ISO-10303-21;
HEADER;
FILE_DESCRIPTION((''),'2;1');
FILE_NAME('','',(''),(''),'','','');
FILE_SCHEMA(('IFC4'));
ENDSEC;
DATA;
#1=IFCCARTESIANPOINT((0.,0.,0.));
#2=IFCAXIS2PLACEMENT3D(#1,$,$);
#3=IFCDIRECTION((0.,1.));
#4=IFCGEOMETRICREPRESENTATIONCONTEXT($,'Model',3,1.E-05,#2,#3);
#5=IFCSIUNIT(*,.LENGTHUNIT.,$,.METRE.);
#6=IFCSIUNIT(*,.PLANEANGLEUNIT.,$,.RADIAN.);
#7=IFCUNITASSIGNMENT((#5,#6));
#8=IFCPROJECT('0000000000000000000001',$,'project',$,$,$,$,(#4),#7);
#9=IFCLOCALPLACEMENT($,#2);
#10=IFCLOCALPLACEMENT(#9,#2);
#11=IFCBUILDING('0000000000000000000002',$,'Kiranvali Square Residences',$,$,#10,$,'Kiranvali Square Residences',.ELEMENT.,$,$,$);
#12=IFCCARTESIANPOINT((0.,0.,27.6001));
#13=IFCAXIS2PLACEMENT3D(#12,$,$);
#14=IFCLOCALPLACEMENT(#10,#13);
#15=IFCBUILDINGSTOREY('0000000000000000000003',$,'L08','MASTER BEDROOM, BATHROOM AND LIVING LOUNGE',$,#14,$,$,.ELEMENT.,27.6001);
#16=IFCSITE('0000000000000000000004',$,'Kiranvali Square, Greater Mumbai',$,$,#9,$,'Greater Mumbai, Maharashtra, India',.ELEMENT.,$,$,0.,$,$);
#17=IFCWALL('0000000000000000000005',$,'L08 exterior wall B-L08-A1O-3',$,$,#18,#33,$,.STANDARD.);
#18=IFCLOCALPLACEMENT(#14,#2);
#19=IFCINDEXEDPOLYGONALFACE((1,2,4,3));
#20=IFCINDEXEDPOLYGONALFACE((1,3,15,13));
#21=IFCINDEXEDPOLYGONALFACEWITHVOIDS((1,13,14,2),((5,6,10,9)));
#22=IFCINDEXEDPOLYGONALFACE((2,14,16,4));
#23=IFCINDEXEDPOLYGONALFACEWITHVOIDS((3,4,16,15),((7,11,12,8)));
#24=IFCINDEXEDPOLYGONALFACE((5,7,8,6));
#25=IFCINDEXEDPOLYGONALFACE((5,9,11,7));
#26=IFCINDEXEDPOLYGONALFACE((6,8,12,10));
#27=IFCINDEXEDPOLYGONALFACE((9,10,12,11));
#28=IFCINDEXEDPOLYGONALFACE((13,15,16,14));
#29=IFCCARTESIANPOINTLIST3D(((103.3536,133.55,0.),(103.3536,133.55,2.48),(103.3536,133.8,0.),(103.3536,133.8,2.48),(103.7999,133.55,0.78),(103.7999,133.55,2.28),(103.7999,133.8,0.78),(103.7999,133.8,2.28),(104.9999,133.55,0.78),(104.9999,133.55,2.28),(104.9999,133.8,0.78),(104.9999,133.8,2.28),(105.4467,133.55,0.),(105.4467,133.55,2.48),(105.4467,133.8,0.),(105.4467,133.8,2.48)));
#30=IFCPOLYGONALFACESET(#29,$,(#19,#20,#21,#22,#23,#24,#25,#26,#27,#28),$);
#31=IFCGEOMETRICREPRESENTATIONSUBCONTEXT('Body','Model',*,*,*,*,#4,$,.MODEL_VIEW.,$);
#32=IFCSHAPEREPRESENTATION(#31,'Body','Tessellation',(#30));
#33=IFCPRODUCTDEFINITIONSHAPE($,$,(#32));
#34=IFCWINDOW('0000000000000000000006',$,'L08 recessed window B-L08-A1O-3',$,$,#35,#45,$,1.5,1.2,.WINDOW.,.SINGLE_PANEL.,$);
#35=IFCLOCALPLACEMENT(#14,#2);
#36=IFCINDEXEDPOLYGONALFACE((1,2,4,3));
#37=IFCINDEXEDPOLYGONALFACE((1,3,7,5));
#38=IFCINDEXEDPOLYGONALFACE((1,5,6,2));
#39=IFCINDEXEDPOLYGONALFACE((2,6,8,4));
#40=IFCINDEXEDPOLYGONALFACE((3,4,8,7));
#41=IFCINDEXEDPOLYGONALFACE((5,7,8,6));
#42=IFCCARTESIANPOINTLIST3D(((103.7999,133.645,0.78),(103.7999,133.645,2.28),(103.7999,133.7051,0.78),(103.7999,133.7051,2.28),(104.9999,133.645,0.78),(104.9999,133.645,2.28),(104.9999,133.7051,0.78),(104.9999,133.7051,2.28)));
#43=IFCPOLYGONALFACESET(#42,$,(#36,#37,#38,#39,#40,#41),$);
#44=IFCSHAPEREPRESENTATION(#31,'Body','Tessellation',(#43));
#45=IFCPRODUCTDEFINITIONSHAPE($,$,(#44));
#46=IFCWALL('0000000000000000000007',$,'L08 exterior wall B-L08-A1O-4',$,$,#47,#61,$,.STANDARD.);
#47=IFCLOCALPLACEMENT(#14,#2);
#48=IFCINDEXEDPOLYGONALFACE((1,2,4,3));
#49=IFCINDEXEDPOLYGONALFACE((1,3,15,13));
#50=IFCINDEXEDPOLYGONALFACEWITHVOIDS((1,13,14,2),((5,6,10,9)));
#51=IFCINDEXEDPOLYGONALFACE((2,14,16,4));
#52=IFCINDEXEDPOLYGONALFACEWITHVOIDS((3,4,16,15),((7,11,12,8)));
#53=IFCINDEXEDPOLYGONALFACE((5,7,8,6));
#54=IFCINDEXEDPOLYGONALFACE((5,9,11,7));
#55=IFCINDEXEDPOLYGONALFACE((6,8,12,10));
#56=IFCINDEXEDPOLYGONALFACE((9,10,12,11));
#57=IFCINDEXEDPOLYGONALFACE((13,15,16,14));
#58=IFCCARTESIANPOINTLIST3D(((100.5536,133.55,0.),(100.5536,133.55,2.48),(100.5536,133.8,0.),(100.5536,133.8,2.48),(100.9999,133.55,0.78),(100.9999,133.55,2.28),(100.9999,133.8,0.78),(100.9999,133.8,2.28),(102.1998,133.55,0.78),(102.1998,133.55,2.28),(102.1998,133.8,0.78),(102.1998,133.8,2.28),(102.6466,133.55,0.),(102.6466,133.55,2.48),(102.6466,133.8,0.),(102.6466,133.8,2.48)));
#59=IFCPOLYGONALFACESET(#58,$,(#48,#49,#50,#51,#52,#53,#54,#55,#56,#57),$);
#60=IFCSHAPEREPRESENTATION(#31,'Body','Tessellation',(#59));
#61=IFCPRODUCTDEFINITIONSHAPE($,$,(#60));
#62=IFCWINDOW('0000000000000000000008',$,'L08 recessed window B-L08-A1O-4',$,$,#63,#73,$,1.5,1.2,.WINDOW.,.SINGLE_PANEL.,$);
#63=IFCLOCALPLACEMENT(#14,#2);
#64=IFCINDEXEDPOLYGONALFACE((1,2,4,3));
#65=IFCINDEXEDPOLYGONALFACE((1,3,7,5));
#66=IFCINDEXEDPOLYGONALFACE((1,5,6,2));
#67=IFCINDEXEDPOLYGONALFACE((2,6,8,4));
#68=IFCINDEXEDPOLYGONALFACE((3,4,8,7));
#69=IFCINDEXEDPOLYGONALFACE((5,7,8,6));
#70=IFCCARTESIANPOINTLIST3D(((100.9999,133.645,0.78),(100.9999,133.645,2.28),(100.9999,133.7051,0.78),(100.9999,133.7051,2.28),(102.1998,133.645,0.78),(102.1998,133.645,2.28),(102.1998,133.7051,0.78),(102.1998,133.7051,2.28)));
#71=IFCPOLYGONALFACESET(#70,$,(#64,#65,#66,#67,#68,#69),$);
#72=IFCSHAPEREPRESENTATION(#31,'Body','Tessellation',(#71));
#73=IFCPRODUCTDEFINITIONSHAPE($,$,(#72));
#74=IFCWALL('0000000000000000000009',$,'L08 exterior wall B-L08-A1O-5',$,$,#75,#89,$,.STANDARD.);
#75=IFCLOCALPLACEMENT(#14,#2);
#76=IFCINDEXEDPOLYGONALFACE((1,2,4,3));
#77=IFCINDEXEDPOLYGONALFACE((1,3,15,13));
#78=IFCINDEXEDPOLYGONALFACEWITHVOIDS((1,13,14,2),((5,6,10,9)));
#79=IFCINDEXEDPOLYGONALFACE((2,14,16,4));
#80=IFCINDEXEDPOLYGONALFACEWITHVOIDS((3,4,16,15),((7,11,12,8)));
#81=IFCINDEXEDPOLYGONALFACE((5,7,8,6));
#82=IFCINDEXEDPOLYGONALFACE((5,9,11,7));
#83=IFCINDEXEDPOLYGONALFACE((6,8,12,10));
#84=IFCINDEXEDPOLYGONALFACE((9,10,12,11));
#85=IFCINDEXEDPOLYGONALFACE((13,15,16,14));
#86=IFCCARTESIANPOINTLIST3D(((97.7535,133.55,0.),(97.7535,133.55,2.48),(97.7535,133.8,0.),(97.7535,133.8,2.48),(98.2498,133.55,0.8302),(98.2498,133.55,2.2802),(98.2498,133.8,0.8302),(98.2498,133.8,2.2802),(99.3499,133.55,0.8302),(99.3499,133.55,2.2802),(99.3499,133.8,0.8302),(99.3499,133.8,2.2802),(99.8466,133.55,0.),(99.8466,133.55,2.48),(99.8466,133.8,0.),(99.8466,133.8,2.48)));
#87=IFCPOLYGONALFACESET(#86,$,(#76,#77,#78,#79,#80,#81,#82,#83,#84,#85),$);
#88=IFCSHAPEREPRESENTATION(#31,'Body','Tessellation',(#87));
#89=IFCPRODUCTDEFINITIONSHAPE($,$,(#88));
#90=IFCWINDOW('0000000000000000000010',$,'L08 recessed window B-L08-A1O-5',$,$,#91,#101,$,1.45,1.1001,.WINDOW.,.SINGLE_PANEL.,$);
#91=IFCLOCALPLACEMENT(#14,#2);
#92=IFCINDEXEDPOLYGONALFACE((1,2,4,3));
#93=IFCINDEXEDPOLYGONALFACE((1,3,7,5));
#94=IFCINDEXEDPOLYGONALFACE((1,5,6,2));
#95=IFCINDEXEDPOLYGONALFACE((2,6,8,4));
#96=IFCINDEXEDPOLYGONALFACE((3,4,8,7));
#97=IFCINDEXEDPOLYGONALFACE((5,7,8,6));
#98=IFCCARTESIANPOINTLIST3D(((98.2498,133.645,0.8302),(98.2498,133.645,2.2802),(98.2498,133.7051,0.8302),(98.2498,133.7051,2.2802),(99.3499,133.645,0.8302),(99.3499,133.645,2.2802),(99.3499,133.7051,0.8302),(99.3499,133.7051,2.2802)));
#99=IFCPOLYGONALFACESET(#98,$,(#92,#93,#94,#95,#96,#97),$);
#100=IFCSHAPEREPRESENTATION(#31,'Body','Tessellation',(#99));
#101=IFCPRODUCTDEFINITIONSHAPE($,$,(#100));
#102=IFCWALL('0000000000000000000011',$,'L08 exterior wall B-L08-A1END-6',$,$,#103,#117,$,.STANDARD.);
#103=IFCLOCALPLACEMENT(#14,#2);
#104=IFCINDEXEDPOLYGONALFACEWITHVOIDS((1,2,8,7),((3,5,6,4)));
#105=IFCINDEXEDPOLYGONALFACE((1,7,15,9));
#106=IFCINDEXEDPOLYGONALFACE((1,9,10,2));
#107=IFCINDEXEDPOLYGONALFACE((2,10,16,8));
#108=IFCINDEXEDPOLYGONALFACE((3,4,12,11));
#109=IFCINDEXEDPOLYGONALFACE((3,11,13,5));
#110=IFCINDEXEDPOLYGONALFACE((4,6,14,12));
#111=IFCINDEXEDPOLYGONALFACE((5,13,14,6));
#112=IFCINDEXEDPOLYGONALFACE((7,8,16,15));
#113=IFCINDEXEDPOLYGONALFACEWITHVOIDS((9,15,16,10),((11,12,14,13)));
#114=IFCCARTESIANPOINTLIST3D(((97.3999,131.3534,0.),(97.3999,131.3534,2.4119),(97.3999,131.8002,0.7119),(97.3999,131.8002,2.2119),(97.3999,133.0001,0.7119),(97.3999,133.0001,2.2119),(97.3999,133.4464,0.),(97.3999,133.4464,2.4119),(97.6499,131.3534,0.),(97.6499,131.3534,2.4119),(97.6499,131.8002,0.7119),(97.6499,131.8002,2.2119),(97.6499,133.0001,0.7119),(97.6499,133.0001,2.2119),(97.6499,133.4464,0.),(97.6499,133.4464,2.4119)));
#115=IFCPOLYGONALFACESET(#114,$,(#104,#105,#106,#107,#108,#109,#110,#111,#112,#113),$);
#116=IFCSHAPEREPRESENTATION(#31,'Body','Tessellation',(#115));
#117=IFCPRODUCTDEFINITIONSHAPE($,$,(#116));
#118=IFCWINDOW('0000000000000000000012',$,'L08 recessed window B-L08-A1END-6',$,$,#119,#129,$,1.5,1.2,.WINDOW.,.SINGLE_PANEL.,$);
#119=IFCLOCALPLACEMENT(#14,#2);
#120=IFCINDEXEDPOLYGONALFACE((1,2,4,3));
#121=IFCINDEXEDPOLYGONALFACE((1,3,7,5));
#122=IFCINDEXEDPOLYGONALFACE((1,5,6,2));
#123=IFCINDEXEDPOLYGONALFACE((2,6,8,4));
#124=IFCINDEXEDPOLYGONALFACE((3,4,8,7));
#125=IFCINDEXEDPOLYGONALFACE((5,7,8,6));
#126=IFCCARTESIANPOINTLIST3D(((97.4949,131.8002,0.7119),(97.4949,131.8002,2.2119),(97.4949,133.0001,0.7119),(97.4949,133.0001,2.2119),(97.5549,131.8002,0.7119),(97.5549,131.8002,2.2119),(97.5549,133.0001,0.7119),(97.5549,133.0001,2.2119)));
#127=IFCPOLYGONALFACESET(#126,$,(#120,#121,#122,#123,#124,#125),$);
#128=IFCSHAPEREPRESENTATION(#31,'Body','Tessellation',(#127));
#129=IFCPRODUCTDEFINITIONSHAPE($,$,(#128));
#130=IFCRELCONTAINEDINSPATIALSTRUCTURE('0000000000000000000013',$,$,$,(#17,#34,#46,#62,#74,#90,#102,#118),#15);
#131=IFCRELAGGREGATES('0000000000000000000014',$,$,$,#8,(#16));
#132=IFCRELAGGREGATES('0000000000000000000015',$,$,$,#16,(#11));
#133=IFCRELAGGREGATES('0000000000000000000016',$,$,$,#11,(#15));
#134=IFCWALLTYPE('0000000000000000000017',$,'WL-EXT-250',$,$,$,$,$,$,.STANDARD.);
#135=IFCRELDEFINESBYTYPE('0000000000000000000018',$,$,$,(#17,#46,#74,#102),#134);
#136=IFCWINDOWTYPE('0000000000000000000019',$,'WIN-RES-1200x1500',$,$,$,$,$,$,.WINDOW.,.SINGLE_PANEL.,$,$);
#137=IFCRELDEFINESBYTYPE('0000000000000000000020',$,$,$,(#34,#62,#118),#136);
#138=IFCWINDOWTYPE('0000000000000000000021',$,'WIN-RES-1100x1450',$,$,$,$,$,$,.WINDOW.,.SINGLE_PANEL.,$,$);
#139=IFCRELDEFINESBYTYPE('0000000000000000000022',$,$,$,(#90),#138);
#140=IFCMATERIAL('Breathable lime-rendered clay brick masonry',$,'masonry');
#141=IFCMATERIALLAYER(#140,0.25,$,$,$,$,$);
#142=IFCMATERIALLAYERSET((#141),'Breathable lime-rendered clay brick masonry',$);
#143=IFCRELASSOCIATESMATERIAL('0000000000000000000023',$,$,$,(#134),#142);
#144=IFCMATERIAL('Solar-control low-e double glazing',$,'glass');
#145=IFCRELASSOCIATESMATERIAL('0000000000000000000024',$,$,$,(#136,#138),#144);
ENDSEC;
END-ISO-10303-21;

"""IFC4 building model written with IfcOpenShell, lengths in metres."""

from ifc_helpers import new_model, si_unit, direction, frame, frame_2d, origin, place, context, subcontext, project, spatial, rectangle, extrude, material, layer, layer_set, type_object, element, fill, save


model = new_model("IFC4")

# Units and contexts
model_context = context("Model", 3, precision=1e-05, world=origin(), true_north=direction((0.0, 1.0)))
body_context = subcontext(model_context, "Body", "Model", "MODEL_VIEW")
ifc_project = project(units=[si_unit("LENGTHUNIT", "METRE"), si_unit("PLANEANGLEUNIT", "RADIAN")], contexts=[model_context])

# Site, building, storey
site_placement = place(None, origin())
site = spatial("IfcSite", under=ifc_project, at=site_placement, Name="Kiranvali Square, Greater Mumbai", LongName="Greater Mumbai, Maharashtra, India", CompositionType="ELEMENT", RefElevation=0.0)
building_placement = place(site_placement, origin())
building = spatial("IfcBuilding", under=site, at=building_placement, Name="Kiranvali Square Residences", LongName="Kiranvali Square Residences", CompositionType="ELEMENT")
storey_placement = place(building_placement, frame((0.0, 0.0, 27.6001)))
storey = spatial("IfcBuildingStorey", under=building, at=storey_placement, Name="L08", Description="MASTER BEDROOM, BATHROOM AND LIVING LOUNGE", CompositionType="ELEMENT", Elevation=27.6001)

# Walls, openings, windows
ifc_material_1 = material(Name="Breathable lime-rendered clay brick masonry", Category="masonry")
ifc_layer = layer(ifc_material_1, 0.25)
ifc_layer_set = layer_set([ifc_layer], Name="Breathable lime-rendered clay brick masonry")
wall_type = type_object("IfcWallType", Name="WL-EXT-250", PredefinedType="STANDARD", material=ifc_layer_set)
wall_1_placement = place(storey_placement, frame((105.4465, 133.675, 0.0), z_axis=(0.0, 0.0, 1.0), x_axis=(-1.0, 0.0, 0.0)))
wall_1 = element("IfcWall", 1, at=wall_1_placement, inside=storey, type_object=wall_type, Name="L08 exterior wall B-L08-A1O-3", PredefinedType="STANDARD", context=body_context, shape_type="SweptSolid", body=[
    extrude(rectangle(XDim=2.093, YDim=0.25, at=frame_2d((1.0464, 0.0))), origin(), (0.0, 0.0, 1.0), 2.48),
])
opening_1_placement = place(wall_1_placement, frame((0.4465, 0.0, 0.78)))
opening_1 = element("IfcOpeningElement", 2, at=opening_1_placement, cuts=wall_1, PredefinedType="OPENING", context=body_context, shape_type="SweptSolid", body=[
    extrude(rectangle(XDim=1.2, YDim=1.5, at=frame_2d((0.6001, 0.75))), frame((0.0, 0.135, 0.0), z_axis=(0.0, -1.0, 0.0), x_axis=(1.0, 0.0, 0.0)), (0.0, 0.0, 1.0), 0.27),
])
ifc_material_2 = material(Name="Solar-control low-e double glazing", Category="glass")
window_type_1 = type_object("IfcWindowType", Name="WIN-RES-1200x1500", PartitioningType="SINGLE_PANEL", PredefinedType="WINDOW", material=ifc_material_2)
window_1_placement = place(opening_1_placement, origin())
window_1 = element("IfcWindow", 3, at=window_1_placement, inside=storey, type_object=window_type_1, Name="L08 recessed window B-L08-A1O-3", OverallHeight=1.5, OverallWidth=1.2, PartitioningType="SINGLE_PANEL", PredefinedType="WINDOW", context=body_context, shape_type="SweptSolid", body=[
    extrude(rectangle(XDim=1.2, YDim=1.5, at=frame_2d((0.6001, 0.75))), frame((0.0, 0.03, 0.0), z_axis=(0.0, -1.0, 0.0), x_axis=(1.0, 0.0, 0.0)), (0.0, 0.0, 1.0), 0.0601),
])
fill(opening_1, window_1)
wall_2_placement = place(storey_placement, frame((102.6465, 133.675, 0.0), z_axis=(0.0, 0.0, 1.0), x_axis=(-1.0, 0.0, 0.0)))
wall_2 = element("IfcWall", 4, at=wall_2_placement, inside=storey, type_object=wall_type, Name="L08 exterior wall B-L08-A1O-4", PredefinedType="STANDARD", context=body_context, shape_type="SweptSolid", body=[
    extrude(rectangle(XDim=2.093, YDim=0.25, at=frame_2d((1.0464, 0.0))), origin(), (0.0, 0.0, 1.0), 2.48),
])
opening_2_placement = place(wall_2_placement, frame((0.4465, 0.0, 0.78)))
opening_2 = element("IfcOpeningElement", 5, at=opening_2_placement, cuts=wall_2, PredefinedType="OPENING", context=body_context, shape_type="SweptSolid", body=[
    extrude(rectangle(XDim=1.2, YDim=1.5, at=frame_2d((0.6001, 0.75))), frame((0.0, 0.135, 0.0), z_axis=(0.0, -1.0, 0.0), x_axis=(1.0, 0.0, 0.0)), (0.0, 0.0, 1.0), 0.27),
])
window_2_placement = place(opening_2_placement, origin())
window_2 = element("IfcWindow", 6, at=window_2_placement, inside=storey, type_object=window_type_1, Name="L08 recessed window B-L08-A1O-4", OverallHeight=1.5, OverallWidth=1.2, PartitioningType="SINGLE_PANEL", PredefinedType="WINDOW", context=body_context, shape_type="SweptSolid", body=[
    extrude(rectangle(XDim=1.2, YDim=1.5, at=frame_2d((0.6001, 0.75))), frame((0.0, 0.03, 0.0), z_axis=(0.0, -1.0, 0.0), x_axis=(1.0, 0.0, 0.0)), (0.0, 0.0, 1.0), 0.0601),
])
fill(opening_2, window_2)
wall_3_placement = place(storey_placement, frame((99.8464, 133.675, 0.0), z_axis=(0.0, 0.0, 1.0), x_axis=(-1.0, 0.0, 0.0)))
wall_3 = element("IfcWall", 7, at=wall_3_placement, inside=storey, type_object=wall_type, Name="L08 exterior wall B-L08-A1O-5", PredefinedType="STANDARD", context=body_context, shape_type="SweptSolid", body=[
    extrude(rectangle(XDim=2.093, YDim=0.25, at=frame_2d((1.0464, 0.0))), origin(), (0.0, 0.0, 1.0), 2.48),
])
opening_3_placement = place(wall_3_placement, frame((0.4966, 0.0, 0.8301)))
opening_3 = element("IfcOpeningElement", 8, at=opening_3_placement, cuts=wall_3, PredefinedType="OPENING", context=body_context, shape_type="SweptSolid", body=[
    extrude(rectangle(XDim=1.1001, YDim=1.45, at=frame_2d((0.55, 0.7251))), frame((0.0, 0.135, 0.0), z_axis=(0.0, -1.0, 0.0), x_axis=(1.0, 0.0, 0.0)), (0.0, 0.0, 1.0), 0.27),
])
window_type_2 = type_object("IfcWindowType", Name="WIN-RES-1100x1450", PartitioningType="SINGLE_PANEL", PredefinedType="WINDOW", material=ifc_material_2)
window_3_placement = place(opening_3_placement, origin())
window_3 = element("IfcWindow", 9, at=window_3_placement, inside=storey, type_object=window_type_2, Name="L08 recessed window B-L08-A1O-5", OverallHeight=1.45, OverallWidth=1.1001, PartitioningType="SINGLE_PANEL", PredefinedType="WINDOW", context=body_context, shape_type="SweptSolid", body=[
    extrude(rectangle(XDim=1.1001, YDim=1.45, at=frame_2d((0.55, 0.7251))), frame((0.0, 0.03, 0.0), z_axis=(0.0, -1.0, 0.0), x_axis=(1.0, 0.0, 0.0)), (0.0, 0.0, 1.0), 0.0601),
])
fill(opening_3, window_3)
wall_4_placement = place(storey_placement, frame((97.5249, 131.3535, 0.0), z_axis=(0.0, 0.0, 1.0), x_axis=(0.0, 1.0, 0.0)))
wall_4 = element("IfcWall", 10, at=wall_4_placement, inside=storey, type_object=wall_type, Name="L08 exterior wall B-L08-A1END-6", PredefinedType="STANDARD", context=body_context, shape_type="SweptSolid", body=[
    extrude(rectangle(XDim=2.093, YDim=0.25, at=frame_2d((1.0464, 0.0))), origin(), (0.0, 0.0, 1.0), 2.4119),
])
opening_4_placement = place(wall_4_placement, frame((0.4465, 0.0, 0.7119)))
opening_4 = element("IfcOpeningElement", 11, at=opening_4_placement, cuts=wall_4, PredefinedType="OPENING", context=body_context, shape_type="SweptSolid", body=[
    extrude(rectangle(XDim=1.2, YDim=1.5, at=frame_2d((0.6001, 0.75))), frame((0.0, 0.135, 0.0), z_axis=(0.0, -1.0, 0.0), x_axis=(1.0, 0.0, 0.0)), (0.0, 0.0, 1.0), 0.27),
])
window_4_placement = place(opening_4_placement, origin())
window_4 = element("IfcWindow", 12, at=window_4_placement, inside=storey, type_object=window_type_1, Name="L08 recessed window B-L08-A1END-6", OverallHeight=1.5, OverallWidth=1.2, PartitioningType="SINGLE_PANEL", PredefinedType="WINDOW", context=body_context, shape_type="SweptSolid", body=[
    extrude(rectangle(XDim=1.2, YDim=1.5, at=frame_2d((0.6001, 0.75))), frame((0.0, 0.03, 0.0), z_axis=(0.0, -1.0, 0.0), x_axis=(1.0, 0.0, 0.0)), (0.0, 0.0, 1.0), 0.0601),
])
fill(opening_4, window_4)

save(model, "model.ifc")
